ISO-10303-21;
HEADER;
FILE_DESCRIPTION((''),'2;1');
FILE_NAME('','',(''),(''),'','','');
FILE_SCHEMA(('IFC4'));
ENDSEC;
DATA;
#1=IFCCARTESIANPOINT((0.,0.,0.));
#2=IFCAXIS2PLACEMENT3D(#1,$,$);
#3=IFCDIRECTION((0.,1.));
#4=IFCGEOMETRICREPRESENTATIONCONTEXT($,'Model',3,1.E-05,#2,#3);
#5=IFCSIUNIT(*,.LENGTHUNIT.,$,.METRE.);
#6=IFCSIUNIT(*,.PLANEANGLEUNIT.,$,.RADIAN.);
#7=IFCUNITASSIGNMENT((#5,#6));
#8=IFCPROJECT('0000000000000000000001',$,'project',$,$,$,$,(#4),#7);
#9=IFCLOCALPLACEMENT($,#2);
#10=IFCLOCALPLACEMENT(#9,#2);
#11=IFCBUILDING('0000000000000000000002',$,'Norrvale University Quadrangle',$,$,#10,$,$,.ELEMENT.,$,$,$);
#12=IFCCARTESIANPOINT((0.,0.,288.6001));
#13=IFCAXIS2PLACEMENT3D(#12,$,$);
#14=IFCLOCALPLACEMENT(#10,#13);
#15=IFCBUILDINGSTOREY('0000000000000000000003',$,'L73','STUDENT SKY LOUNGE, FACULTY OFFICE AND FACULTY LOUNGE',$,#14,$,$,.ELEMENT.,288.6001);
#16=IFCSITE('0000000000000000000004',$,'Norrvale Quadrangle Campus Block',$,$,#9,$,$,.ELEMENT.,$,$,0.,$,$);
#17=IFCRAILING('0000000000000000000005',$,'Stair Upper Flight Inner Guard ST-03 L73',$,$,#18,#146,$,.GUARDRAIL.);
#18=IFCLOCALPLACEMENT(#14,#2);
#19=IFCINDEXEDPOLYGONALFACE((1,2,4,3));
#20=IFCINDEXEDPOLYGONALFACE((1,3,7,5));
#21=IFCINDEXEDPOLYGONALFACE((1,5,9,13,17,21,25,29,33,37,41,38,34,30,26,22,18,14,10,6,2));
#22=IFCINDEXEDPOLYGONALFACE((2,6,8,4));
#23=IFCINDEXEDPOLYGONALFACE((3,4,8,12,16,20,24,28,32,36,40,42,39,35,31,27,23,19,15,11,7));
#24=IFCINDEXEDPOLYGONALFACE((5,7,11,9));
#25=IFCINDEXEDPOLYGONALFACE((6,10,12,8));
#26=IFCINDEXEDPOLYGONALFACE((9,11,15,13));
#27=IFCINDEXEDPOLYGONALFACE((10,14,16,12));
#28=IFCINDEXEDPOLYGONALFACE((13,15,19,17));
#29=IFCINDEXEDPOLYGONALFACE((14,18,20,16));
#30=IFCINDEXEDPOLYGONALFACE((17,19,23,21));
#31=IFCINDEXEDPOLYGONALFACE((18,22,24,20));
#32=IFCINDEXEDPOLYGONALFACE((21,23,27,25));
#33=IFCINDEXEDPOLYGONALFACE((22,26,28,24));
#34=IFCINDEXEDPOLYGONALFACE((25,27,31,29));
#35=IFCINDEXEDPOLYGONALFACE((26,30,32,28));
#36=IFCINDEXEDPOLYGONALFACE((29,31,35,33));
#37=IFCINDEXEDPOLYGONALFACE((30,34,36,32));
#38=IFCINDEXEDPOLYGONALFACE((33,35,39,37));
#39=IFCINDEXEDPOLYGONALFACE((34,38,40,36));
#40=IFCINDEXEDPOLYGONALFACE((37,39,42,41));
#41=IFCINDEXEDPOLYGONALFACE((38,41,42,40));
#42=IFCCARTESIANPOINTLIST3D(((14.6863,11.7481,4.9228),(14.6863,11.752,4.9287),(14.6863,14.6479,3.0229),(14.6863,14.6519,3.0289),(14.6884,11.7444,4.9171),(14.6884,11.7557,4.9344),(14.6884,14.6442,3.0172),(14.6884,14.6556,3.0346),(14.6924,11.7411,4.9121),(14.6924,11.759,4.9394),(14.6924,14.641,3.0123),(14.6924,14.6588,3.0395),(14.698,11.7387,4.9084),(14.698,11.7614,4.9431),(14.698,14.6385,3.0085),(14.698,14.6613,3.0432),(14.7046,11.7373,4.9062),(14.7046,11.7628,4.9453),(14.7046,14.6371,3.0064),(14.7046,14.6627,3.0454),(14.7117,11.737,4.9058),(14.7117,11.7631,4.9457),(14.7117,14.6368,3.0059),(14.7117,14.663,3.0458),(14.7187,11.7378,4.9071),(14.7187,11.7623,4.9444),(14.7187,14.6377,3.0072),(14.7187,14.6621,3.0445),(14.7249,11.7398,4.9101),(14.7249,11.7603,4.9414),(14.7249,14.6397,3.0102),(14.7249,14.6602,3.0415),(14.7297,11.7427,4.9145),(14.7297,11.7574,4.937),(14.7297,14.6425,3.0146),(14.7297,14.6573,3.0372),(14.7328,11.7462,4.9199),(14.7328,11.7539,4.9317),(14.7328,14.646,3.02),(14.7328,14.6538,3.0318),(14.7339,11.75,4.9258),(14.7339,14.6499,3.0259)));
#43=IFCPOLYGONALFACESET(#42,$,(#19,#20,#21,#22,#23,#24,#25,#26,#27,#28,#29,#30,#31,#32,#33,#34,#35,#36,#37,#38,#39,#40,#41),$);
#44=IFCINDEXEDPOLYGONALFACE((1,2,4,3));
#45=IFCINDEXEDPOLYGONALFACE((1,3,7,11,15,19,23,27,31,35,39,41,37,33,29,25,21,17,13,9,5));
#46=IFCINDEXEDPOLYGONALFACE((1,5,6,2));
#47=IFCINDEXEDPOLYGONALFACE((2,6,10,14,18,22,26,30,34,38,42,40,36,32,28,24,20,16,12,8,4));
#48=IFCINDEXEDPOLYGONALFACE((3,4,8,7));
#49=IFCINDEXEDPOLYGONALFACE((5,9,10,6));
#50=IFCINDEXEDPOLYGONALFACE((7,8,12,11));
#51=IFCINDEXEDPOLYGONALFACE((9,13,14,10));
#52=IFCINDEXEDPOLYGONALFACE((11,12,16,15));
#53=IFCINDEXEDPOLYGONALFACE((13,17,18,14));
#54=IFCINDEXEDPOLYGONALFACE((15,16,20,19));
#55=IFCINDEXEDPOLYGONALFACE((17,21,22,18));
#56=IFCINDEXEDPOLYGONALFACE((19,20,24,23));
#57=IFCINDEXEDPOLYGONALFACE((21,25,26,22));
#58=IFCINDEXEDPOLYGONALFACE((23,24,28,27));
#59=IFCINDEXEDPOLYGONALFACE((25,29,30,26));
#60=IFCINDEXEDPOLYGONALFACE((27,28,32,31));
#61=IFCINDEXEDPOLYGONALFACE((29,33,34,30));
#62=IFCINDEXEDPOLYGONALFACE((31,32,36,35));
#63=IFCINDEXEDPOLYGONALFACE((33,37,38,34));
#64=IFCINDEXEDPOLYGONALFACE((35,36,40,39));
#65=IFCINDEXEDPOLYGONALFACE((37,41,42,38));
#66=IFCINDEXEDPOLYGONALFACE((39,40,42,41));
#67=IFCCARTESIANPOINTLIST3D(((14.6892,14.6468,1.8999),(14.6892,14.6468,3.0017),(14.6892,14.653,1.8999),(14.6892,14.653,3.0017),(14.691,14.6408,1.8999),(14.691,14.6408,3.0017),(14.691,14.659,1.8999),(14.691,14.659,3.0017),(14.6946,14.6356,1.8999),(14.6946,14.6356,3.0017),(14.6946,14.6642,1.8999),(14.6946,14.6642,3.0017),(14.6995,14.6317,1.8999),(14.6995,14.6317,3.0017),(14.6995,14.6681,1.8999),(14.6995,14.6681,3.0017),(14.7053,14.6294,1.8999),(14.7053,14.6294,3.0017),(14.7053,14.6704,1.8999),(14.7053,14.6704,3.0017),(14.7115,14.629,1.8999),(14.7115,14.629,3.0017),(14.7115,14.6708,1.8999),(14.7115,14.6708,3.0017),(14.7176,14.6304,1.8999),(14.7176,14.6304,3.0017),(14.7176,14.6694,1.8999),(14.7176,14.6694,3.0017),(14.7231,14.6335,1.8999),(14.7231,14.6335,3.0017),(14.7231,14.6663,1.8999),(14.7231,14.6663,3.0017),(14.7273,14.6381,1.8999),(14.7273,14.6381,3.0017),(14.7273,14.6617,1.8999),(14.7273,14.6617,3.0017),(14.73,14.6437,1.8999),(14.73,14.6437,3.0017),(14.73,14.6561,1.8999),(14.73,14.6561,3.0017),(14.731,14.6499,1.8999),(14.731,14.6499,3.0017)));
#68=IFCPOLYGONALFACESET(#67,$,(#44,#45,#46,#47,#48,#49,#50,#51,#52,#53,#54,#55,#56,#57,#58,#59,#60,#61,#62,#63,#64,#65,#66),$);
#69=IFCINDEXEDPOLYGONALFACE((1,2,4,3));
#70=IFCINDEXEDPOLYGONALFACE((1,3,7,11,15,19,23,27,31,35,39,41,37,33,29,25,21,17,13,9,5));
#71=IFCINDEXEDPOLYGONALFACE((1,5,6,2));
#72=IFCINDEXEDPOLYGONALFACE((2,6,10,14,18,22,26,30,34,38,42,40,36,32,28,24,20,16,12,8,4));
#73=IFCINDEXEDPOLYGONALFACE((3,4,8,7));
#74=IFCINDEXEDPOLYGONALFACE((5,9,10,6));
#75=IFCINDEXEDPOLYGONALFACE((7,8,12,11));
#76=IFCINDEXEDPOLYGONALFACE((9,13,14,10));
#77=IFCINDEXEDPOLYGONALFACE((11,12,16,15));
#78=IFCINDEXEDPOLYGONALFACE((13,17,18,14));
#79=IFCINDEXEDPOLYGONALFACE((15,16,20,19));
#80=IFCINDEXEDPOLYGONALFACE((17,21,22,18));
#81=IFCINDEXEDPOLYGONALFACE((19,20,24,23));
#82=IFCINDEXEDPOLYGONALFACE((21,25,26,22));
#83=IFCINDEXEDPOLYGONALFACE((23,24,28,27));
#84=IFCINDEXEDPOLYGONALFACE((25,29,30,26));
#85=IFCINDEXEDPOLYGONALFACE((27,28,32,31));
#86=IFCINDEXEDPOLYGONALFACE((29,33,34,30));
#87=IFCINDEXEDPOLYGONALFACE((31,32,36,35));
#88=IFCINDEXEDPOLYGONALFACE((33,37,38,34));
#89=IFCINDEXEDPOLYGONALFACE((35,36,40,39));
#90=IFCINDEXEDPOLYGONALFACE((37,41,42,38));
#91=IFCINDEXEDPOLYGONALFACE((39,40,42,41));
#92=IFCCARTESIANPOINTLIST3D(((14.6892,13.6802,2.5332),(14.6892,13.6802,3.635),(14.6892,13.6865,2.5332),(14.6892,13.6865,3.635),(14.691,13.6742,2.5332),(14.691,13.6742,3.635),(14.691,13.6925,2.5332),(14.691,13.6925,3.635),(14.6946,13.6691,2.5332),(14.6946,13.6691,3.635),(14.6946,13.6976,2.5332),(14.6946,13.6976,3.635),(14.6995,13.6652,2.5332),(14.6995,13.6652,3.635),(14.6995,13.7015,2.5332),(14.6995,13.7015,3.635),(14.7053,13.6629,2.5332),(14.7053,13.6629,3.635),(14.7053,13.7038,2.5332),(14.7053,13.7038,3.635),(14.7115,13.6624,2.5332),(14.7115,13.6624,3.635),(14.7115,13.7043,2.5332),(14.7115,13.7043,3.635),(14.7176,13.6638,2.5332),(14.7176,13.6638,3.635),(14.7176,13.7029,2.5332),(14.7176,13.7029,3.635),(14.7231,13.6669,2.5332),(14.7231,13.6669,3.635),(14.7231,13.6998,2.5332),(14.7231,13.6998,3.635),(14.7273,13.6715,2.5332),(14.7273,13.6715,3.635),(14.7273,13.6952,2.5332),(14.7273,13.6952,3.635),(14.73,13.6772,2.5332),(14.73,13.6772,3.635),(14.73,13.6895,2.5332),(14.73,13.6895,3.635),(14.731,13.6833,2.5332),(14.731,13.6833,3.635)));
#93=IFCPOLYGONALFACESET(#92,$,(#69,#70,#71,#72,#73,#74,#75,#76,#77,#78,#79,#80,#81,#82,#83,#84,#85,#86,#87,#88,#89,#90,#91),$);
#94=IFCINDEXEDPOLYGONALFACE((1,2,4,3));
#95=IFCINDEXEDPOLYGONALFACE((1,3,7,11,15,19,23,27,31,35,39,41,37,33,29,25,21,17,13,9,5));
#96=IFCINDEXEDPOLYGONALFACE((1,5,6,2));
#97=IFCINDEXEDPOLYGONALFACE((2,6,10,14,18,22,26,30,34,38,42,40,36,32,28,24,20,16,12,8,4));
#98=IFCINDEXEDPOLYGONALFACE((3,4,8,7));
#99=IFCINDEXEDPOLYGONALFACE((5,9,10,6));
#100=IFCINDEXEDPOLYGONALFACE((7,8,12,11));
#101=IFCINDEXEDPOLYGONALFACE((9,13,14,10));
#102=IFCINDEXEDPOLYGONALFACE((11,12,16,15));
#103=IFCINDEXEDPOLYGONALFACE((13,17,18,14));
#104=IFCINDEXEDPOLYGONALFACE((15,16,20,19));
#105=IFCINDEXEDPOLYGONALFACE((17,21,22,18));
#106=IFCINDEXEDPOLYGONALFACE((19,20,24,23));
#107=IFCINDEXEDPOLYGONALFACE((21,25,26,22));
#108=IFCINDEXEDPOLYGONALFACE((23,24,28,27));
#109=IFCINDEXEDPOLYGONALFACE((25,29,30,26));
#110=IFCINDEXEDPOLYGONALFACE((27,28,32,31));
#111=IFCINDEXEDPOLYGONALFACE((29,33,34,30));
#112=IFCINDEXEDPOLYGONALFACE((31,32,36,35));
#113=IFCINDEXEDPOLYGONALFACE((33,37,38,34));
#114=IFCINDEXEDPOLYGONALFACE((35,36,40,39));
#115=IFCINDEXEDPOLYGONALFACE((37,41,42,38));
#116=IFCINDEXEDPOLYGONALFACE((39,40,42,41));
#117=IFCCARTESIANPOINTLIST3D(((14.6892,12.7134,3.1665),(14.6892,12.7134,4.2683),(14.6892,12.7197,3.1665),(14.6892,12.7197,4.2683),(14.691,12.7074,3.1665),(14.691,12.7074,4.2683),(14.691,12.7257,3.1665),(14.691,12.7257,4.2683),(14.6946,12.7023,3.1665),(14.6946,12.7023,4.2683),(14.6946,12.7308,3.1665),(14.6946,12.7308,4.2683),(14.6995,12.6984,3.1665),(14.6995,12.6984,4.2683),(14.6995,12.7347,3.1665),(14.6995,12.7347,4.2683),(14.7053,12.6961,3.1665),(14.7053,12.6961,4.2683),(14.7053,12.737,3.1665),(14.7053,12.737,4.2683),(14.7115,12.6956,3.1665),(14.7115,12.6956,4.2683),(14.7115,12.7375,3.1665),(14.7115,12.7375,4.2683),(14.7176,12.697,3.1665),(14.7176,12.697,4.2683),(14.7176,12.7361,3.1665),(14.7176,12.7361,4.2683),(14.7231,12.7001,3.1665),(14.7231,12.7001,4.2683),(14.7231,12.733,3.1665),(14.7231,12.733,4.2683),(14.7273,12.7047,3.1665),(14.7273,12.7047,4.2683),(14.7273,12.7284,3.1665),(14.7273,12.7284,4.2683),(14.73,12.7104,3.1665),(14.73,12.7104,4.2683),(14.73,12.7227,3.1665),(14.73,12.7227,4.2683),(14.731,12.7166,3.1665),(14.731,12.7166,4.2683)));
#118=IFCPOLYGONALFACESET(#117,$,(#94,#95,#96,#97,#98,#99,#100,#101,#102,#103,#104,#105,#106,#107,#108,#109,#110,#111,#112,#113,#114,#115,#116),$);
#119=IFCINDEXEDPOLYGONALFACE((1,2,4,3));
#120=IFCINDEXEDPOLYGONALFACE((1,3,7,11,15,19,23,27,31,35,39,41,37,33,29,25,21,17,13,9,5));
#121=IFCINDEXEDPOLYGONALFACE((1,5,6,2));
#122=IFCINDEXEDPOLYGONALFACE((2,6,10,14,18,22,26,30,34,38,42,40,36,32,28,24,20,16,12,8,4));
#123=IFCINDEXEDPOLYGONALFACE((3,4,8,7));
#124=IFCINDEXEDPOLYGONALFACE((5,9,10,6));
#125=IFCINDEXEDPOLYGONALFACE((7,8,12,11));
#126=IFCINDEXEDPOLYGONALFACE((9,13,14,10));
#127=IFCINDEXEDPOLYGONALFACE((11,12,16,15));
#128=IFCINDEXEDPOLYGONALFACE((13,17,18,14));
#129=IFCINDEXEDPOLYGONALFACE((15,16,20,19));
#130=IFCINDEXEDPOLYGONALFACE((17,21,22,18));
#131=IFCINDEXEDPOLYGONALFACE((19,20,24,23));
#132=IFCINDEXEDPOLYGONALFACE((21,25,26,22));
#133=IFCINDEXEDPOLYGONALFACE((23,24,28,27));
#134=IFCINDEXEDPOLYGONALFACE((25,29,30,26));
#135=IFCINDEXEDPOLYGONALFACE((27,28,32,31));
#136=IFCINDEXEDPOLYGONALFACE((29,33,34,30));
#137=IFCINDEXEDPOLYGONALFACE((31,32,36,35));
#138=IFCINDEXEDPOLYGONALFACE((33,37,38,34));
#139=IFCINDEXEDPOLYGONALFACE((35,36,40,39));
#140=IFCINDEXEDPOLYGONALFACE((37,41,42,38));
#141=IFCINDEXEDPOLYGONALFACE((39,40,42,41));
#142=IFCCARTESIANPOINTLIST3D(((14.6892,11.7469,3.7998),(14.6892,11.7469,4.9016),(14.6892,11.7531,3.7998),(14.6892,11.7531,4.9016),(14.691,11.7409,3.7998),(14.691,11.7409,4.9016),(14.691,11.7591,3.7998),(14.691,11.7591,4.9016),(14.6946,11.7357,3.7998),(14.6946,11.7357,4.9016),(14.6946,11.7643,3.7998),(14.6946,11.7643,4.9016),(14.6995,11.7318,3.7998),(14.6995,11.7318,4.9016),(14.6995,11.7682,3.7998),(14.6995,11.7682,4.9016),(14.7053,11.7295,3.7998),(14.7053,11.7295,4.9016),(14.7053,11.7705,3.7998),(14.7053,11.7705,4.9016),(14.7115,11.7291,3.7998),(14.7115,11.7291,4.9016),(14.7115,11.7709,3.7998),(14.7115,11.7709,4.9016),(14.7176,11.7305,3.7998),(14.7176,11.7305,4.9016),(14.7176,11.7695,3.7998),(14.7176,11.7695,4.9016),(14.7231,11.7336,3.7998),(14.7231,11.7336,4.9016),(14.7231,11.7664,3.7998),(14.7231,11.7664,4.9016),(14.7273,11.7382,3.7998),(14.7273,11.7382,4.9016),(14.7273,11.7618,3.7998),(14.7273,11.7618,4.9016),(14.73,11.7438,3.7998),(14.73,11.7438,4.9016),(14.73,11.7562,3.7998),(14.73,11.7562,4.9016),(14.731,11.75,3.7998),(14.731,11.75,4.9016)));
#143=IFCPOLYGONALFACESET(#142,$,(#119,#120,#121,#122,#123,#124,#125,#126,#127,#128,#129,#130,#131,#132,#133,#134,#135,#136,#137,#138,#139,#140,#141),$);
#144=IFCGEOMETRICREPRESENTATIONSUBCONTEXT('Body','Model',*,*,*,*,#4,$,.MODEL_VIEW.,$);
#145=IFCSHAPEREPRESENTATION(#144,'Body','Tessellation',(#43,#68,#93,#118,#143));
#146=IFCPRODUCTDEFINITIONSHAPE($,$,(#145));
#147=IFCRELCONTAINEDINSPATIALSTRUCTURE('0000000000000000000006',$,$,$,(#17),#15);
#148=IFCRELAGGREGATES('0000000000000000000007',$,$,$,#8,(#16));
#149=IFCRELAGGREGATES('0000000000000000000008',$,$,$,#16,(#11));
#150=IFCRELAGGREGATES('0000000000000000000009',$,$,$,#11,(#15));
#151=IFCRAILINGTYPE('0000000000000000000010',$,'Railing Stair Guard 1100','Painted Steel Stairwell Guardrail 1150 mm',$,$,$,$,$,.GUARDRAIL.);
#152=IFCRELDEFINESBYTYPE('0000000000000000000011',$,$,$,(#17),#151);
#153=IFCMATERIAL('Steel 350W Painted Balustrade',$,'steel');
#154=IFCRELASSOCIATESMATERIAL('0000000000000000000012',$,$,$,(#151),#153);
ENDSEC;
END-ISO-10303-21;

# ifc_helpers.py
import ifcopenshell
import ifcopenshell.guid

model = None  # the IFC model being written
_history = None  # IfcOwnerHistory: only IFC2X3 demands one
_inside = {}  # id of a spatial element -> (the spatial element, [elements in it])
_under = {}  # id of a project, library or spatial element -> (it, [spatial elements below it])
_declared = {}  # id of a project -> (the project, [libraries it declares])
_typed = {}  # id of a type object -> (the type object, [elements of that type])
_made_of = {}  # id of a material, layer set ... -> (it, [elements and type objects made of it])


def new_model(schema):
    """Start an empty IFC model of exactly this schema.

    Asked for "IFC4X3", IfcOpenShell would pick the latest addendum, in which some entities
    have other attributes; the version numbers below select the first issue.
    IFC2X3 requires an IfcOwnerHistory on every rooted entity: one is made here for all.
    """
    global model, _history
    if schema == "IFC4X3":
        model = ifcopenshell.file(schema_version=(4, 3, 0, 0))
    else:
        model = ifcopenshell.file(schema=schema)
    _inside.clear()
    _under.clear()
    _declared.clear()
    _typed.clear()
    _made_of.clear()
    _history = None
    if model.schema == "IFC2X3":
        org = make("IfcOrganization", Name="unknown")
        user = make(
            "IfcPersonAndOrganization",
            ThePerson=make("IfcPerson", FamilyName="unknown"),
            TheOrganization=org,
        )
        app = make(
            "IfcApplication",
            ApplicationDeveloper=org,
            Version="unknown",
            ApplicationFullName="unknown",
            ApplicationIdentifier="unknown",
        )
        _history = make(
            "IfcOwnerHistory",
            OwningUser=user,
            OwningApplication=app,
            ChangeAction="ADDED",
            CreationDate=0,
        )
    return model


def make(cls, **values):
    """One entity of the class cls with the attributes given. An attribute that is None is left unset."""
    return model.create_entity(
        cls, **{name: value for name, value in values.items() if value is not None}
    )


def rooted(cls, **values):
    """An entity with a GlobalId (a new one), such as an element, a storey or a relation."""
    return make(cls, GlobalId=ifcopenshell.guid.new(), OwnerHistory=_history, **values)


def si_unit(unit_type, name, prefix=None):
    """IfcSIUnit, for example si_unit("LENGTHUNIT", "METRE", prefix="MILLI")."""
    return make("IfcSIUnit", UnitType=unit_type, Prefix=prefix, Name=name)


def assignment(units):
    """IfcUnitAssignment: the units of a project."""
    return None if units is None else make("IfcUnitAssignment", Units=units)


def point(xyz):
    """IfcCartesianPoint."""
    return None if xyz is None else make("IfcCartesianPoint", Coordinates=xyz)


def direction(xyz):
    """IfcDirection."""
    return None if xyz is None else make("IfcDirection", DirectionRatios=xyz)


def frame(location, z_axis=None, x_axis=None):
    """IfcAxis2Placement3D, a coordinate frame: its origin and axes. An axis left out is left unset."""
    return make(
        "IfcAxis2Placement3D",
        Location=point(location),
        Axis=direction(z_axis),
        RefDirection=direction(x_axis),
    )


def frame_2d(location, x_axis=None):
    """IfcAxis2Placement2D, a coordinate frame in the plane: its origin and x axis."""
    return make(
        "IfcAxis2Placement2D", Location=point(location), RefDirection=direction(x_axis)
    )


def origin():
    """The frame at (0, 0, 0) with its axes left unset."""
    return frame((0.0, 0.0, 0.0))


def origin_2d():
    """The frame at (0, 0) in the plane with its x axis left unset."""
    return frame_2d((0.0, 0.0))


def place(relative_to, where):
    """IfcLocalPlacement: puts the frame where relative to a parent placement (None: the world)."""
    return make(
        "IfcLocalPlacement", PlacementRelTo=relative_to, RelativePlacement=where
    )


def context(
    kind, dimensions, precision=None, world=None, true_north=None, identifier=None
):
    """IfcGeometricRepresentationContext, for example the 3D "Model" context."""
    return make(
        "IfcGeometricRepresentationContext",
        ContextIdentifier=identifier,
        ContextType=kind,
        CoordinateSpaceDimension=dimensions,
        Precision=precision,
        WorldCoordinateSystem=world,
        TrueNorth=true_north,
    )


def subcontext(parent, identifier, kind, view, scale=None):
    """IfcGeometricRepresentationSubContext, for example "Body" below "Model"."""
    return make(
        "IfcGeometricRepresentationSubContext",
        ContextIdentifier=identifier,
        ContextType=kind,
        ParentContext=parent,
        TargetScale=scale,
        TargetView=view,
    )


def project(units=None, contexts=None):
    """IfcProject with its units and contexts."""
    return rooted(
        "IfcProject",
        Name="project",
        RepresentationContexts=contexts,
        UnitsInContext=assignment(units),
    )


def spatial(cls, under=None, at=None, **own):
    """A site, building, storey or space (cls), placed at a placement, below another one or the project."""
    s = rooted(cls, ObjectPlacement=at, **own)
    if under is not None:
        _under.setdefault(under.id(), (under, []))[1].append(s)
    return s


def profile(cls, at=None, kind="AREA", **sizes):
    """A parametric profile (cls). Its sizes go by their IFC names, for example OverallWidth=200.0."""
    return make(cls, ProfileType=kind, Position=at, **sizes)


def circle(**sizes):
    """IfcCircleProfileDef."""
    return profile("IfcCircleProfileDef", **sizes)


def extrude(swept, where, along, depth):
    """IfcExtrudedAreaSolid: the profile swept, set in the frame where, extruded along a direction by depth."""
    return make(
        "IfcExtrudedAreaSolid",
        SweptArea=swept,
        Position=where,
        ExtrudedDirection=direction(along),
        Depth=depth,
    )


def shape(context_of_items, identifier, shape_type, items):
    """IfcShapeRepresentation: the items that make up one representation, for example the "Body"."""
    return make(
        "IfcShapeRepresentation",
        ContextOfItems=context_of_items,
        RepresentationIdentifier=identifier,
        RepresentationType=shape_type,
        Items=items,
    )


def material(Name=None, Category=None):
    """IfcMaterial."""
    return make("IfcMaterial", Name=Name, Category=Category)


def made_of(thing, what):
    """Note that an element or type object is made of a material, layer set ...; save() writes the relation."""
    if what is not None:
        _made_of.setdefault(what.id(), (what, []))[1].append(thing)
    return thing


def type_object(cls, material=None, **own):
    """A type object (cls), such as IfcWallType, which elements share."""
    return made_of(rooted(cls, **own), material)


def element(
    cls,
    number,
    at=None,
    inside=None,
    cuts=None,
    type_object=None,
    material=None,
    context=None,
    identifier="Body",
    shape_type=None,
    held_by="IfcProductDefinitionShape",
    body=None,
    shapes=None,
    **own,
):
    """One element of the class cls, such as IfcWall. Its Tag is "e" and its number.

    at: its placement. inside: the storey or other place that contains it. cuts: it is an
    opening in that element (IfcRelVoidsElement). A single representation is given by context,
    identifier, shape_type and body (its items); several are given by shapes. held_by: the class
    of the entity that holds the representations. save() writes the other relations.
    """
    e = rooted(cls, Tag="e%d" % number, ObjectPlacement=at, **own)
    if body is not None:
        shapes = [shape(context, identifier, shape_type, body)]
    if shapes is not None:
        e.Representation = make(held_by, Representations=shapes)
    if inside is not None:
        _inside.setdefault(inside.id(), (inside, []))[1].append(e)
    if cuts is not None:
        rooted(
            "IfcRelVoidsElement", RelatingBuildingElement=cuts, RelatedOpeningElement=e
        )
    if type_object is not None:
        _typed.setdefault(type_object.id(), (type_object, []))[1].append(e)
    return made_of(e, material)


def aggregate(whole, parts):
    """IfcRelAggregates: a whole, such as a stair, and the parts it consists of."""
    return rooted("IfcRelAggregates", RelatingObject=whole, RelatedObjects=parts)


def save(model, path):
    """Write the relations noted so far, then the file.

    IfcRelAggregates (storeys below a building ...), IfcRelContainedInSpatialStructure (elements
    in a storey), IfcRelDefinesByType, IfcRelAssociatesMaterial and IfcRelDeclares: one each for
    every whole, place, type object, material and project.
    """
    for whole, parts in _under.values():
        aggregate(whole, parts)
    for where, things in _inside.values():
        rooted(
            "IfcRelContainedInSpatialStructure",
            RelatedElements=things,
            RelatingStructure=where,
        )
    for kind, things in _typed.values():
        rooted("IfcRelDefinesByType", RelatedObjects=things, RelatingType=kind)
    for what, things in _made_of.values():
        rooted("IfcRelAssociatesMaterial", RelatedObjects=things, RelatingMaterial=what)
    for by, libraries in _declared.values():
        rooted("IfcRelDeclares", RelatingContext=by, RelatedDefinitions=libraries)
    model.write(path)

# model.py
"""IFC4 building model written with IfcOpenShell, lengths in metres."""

from ifc_helpers import new_model, si_unit, direction, frame, origin, origin_2d, place, context, subcontext, project, spatial, circle, extrude, material, type_object, element, save


model = new_model("IFC4")

# Units and contexts
model_context = context("Model", 3, precision=1e-05, world=origin(), true_north=direction((0.0, 1.0)))
body_context = subcontext(model_context, "Body", "Model", "MODEL_VIEW")
ifc_project = project(units=[si_unit("LENGTHUNIT", "METRE"), si_unit("PLANEANGLEUNIT", "RADIAN")], contexts=[model_context])

# Site, building, storey
site_placement = place(None, origin())
site = spatial("IfcSite", under=ifc_project, at=site_placement, Name="Norrvale Quadrangle Campus Block", CompositionType="ELEMENT", RefElevation=0.0)
building_placement = place(site_placement, origin())
building = spatial("IfcBuilding", under=site, at=building_placement, Name="Norrvale University Quadrangle", CompositionType="ELEMENT")
storey_placement = place(building_placement, frame((0.0, 0.0, 288.6001)))
storey = spatial("IfcBuildingStorey", under=building, at=storey_placement, Name="L73", Description="STUDENT SKY LOUNGE, FACULTY OFFICE AND FACULTY LOUNGE", CompositionType="ELEMENT", Elevation=288.6001)

# Railing
ifc_material_1 = material(Name="Steel 350W Painted Balustrade", Category="steel")
railing_type_1 = type_object("IfcRailingType", Name="Railing Stair Guard 1100", Description="Painted Steel Stairwell Guardrail 1150 mm", PredefinedType="GUARDRAIL", material=ifc_material_1)
railing_1_placement = place(storey_placement, frame((14.71, 14.6499, 1.8999)))
element("IfcRailing", 1, at=railing_1_placement, inside=storey, type_object=railing_type_1, Name="Stair Upper Flight Inner Guard ST-03 L73", PredefinedType="GUARDRAIL", context=body_context, shape_type="SweptSolid", body=[
    extrude(circle(Radius=0.0239, at=origin_2d()), frame((0.0, 0.0, 1.126), z_axis=(0.0, -0.836466, 0.548019), x_axis=(1.0, 0.0, 0.0)), (0.0, 0.0, 1.0), 3.4668),
    extrude(circle(Radius=0.021, at=origin_2d()), origin(), (0.0, 0.0, 1.0), 1.1018),
    extrude(circle(Radius=0.021, at=origin_2d()), frame((0.0, -0.9666, 0.6333)), (0.0, 0.0, 1.0), 1.1018),
    extrude(circle(Radius=0.021, at=origin_2d()), frame((0.0, -1.9333, 1.2666)), (0.0, 0.0, 1.0), 1.1018),
    extrude(circle(Radius=0.021, at=origin_2d()), frame((0.0, -2.8999, 1.8999)), (0.0, 0.0, 1.0), 1.1018),
])

save(model, "model.ifc")
